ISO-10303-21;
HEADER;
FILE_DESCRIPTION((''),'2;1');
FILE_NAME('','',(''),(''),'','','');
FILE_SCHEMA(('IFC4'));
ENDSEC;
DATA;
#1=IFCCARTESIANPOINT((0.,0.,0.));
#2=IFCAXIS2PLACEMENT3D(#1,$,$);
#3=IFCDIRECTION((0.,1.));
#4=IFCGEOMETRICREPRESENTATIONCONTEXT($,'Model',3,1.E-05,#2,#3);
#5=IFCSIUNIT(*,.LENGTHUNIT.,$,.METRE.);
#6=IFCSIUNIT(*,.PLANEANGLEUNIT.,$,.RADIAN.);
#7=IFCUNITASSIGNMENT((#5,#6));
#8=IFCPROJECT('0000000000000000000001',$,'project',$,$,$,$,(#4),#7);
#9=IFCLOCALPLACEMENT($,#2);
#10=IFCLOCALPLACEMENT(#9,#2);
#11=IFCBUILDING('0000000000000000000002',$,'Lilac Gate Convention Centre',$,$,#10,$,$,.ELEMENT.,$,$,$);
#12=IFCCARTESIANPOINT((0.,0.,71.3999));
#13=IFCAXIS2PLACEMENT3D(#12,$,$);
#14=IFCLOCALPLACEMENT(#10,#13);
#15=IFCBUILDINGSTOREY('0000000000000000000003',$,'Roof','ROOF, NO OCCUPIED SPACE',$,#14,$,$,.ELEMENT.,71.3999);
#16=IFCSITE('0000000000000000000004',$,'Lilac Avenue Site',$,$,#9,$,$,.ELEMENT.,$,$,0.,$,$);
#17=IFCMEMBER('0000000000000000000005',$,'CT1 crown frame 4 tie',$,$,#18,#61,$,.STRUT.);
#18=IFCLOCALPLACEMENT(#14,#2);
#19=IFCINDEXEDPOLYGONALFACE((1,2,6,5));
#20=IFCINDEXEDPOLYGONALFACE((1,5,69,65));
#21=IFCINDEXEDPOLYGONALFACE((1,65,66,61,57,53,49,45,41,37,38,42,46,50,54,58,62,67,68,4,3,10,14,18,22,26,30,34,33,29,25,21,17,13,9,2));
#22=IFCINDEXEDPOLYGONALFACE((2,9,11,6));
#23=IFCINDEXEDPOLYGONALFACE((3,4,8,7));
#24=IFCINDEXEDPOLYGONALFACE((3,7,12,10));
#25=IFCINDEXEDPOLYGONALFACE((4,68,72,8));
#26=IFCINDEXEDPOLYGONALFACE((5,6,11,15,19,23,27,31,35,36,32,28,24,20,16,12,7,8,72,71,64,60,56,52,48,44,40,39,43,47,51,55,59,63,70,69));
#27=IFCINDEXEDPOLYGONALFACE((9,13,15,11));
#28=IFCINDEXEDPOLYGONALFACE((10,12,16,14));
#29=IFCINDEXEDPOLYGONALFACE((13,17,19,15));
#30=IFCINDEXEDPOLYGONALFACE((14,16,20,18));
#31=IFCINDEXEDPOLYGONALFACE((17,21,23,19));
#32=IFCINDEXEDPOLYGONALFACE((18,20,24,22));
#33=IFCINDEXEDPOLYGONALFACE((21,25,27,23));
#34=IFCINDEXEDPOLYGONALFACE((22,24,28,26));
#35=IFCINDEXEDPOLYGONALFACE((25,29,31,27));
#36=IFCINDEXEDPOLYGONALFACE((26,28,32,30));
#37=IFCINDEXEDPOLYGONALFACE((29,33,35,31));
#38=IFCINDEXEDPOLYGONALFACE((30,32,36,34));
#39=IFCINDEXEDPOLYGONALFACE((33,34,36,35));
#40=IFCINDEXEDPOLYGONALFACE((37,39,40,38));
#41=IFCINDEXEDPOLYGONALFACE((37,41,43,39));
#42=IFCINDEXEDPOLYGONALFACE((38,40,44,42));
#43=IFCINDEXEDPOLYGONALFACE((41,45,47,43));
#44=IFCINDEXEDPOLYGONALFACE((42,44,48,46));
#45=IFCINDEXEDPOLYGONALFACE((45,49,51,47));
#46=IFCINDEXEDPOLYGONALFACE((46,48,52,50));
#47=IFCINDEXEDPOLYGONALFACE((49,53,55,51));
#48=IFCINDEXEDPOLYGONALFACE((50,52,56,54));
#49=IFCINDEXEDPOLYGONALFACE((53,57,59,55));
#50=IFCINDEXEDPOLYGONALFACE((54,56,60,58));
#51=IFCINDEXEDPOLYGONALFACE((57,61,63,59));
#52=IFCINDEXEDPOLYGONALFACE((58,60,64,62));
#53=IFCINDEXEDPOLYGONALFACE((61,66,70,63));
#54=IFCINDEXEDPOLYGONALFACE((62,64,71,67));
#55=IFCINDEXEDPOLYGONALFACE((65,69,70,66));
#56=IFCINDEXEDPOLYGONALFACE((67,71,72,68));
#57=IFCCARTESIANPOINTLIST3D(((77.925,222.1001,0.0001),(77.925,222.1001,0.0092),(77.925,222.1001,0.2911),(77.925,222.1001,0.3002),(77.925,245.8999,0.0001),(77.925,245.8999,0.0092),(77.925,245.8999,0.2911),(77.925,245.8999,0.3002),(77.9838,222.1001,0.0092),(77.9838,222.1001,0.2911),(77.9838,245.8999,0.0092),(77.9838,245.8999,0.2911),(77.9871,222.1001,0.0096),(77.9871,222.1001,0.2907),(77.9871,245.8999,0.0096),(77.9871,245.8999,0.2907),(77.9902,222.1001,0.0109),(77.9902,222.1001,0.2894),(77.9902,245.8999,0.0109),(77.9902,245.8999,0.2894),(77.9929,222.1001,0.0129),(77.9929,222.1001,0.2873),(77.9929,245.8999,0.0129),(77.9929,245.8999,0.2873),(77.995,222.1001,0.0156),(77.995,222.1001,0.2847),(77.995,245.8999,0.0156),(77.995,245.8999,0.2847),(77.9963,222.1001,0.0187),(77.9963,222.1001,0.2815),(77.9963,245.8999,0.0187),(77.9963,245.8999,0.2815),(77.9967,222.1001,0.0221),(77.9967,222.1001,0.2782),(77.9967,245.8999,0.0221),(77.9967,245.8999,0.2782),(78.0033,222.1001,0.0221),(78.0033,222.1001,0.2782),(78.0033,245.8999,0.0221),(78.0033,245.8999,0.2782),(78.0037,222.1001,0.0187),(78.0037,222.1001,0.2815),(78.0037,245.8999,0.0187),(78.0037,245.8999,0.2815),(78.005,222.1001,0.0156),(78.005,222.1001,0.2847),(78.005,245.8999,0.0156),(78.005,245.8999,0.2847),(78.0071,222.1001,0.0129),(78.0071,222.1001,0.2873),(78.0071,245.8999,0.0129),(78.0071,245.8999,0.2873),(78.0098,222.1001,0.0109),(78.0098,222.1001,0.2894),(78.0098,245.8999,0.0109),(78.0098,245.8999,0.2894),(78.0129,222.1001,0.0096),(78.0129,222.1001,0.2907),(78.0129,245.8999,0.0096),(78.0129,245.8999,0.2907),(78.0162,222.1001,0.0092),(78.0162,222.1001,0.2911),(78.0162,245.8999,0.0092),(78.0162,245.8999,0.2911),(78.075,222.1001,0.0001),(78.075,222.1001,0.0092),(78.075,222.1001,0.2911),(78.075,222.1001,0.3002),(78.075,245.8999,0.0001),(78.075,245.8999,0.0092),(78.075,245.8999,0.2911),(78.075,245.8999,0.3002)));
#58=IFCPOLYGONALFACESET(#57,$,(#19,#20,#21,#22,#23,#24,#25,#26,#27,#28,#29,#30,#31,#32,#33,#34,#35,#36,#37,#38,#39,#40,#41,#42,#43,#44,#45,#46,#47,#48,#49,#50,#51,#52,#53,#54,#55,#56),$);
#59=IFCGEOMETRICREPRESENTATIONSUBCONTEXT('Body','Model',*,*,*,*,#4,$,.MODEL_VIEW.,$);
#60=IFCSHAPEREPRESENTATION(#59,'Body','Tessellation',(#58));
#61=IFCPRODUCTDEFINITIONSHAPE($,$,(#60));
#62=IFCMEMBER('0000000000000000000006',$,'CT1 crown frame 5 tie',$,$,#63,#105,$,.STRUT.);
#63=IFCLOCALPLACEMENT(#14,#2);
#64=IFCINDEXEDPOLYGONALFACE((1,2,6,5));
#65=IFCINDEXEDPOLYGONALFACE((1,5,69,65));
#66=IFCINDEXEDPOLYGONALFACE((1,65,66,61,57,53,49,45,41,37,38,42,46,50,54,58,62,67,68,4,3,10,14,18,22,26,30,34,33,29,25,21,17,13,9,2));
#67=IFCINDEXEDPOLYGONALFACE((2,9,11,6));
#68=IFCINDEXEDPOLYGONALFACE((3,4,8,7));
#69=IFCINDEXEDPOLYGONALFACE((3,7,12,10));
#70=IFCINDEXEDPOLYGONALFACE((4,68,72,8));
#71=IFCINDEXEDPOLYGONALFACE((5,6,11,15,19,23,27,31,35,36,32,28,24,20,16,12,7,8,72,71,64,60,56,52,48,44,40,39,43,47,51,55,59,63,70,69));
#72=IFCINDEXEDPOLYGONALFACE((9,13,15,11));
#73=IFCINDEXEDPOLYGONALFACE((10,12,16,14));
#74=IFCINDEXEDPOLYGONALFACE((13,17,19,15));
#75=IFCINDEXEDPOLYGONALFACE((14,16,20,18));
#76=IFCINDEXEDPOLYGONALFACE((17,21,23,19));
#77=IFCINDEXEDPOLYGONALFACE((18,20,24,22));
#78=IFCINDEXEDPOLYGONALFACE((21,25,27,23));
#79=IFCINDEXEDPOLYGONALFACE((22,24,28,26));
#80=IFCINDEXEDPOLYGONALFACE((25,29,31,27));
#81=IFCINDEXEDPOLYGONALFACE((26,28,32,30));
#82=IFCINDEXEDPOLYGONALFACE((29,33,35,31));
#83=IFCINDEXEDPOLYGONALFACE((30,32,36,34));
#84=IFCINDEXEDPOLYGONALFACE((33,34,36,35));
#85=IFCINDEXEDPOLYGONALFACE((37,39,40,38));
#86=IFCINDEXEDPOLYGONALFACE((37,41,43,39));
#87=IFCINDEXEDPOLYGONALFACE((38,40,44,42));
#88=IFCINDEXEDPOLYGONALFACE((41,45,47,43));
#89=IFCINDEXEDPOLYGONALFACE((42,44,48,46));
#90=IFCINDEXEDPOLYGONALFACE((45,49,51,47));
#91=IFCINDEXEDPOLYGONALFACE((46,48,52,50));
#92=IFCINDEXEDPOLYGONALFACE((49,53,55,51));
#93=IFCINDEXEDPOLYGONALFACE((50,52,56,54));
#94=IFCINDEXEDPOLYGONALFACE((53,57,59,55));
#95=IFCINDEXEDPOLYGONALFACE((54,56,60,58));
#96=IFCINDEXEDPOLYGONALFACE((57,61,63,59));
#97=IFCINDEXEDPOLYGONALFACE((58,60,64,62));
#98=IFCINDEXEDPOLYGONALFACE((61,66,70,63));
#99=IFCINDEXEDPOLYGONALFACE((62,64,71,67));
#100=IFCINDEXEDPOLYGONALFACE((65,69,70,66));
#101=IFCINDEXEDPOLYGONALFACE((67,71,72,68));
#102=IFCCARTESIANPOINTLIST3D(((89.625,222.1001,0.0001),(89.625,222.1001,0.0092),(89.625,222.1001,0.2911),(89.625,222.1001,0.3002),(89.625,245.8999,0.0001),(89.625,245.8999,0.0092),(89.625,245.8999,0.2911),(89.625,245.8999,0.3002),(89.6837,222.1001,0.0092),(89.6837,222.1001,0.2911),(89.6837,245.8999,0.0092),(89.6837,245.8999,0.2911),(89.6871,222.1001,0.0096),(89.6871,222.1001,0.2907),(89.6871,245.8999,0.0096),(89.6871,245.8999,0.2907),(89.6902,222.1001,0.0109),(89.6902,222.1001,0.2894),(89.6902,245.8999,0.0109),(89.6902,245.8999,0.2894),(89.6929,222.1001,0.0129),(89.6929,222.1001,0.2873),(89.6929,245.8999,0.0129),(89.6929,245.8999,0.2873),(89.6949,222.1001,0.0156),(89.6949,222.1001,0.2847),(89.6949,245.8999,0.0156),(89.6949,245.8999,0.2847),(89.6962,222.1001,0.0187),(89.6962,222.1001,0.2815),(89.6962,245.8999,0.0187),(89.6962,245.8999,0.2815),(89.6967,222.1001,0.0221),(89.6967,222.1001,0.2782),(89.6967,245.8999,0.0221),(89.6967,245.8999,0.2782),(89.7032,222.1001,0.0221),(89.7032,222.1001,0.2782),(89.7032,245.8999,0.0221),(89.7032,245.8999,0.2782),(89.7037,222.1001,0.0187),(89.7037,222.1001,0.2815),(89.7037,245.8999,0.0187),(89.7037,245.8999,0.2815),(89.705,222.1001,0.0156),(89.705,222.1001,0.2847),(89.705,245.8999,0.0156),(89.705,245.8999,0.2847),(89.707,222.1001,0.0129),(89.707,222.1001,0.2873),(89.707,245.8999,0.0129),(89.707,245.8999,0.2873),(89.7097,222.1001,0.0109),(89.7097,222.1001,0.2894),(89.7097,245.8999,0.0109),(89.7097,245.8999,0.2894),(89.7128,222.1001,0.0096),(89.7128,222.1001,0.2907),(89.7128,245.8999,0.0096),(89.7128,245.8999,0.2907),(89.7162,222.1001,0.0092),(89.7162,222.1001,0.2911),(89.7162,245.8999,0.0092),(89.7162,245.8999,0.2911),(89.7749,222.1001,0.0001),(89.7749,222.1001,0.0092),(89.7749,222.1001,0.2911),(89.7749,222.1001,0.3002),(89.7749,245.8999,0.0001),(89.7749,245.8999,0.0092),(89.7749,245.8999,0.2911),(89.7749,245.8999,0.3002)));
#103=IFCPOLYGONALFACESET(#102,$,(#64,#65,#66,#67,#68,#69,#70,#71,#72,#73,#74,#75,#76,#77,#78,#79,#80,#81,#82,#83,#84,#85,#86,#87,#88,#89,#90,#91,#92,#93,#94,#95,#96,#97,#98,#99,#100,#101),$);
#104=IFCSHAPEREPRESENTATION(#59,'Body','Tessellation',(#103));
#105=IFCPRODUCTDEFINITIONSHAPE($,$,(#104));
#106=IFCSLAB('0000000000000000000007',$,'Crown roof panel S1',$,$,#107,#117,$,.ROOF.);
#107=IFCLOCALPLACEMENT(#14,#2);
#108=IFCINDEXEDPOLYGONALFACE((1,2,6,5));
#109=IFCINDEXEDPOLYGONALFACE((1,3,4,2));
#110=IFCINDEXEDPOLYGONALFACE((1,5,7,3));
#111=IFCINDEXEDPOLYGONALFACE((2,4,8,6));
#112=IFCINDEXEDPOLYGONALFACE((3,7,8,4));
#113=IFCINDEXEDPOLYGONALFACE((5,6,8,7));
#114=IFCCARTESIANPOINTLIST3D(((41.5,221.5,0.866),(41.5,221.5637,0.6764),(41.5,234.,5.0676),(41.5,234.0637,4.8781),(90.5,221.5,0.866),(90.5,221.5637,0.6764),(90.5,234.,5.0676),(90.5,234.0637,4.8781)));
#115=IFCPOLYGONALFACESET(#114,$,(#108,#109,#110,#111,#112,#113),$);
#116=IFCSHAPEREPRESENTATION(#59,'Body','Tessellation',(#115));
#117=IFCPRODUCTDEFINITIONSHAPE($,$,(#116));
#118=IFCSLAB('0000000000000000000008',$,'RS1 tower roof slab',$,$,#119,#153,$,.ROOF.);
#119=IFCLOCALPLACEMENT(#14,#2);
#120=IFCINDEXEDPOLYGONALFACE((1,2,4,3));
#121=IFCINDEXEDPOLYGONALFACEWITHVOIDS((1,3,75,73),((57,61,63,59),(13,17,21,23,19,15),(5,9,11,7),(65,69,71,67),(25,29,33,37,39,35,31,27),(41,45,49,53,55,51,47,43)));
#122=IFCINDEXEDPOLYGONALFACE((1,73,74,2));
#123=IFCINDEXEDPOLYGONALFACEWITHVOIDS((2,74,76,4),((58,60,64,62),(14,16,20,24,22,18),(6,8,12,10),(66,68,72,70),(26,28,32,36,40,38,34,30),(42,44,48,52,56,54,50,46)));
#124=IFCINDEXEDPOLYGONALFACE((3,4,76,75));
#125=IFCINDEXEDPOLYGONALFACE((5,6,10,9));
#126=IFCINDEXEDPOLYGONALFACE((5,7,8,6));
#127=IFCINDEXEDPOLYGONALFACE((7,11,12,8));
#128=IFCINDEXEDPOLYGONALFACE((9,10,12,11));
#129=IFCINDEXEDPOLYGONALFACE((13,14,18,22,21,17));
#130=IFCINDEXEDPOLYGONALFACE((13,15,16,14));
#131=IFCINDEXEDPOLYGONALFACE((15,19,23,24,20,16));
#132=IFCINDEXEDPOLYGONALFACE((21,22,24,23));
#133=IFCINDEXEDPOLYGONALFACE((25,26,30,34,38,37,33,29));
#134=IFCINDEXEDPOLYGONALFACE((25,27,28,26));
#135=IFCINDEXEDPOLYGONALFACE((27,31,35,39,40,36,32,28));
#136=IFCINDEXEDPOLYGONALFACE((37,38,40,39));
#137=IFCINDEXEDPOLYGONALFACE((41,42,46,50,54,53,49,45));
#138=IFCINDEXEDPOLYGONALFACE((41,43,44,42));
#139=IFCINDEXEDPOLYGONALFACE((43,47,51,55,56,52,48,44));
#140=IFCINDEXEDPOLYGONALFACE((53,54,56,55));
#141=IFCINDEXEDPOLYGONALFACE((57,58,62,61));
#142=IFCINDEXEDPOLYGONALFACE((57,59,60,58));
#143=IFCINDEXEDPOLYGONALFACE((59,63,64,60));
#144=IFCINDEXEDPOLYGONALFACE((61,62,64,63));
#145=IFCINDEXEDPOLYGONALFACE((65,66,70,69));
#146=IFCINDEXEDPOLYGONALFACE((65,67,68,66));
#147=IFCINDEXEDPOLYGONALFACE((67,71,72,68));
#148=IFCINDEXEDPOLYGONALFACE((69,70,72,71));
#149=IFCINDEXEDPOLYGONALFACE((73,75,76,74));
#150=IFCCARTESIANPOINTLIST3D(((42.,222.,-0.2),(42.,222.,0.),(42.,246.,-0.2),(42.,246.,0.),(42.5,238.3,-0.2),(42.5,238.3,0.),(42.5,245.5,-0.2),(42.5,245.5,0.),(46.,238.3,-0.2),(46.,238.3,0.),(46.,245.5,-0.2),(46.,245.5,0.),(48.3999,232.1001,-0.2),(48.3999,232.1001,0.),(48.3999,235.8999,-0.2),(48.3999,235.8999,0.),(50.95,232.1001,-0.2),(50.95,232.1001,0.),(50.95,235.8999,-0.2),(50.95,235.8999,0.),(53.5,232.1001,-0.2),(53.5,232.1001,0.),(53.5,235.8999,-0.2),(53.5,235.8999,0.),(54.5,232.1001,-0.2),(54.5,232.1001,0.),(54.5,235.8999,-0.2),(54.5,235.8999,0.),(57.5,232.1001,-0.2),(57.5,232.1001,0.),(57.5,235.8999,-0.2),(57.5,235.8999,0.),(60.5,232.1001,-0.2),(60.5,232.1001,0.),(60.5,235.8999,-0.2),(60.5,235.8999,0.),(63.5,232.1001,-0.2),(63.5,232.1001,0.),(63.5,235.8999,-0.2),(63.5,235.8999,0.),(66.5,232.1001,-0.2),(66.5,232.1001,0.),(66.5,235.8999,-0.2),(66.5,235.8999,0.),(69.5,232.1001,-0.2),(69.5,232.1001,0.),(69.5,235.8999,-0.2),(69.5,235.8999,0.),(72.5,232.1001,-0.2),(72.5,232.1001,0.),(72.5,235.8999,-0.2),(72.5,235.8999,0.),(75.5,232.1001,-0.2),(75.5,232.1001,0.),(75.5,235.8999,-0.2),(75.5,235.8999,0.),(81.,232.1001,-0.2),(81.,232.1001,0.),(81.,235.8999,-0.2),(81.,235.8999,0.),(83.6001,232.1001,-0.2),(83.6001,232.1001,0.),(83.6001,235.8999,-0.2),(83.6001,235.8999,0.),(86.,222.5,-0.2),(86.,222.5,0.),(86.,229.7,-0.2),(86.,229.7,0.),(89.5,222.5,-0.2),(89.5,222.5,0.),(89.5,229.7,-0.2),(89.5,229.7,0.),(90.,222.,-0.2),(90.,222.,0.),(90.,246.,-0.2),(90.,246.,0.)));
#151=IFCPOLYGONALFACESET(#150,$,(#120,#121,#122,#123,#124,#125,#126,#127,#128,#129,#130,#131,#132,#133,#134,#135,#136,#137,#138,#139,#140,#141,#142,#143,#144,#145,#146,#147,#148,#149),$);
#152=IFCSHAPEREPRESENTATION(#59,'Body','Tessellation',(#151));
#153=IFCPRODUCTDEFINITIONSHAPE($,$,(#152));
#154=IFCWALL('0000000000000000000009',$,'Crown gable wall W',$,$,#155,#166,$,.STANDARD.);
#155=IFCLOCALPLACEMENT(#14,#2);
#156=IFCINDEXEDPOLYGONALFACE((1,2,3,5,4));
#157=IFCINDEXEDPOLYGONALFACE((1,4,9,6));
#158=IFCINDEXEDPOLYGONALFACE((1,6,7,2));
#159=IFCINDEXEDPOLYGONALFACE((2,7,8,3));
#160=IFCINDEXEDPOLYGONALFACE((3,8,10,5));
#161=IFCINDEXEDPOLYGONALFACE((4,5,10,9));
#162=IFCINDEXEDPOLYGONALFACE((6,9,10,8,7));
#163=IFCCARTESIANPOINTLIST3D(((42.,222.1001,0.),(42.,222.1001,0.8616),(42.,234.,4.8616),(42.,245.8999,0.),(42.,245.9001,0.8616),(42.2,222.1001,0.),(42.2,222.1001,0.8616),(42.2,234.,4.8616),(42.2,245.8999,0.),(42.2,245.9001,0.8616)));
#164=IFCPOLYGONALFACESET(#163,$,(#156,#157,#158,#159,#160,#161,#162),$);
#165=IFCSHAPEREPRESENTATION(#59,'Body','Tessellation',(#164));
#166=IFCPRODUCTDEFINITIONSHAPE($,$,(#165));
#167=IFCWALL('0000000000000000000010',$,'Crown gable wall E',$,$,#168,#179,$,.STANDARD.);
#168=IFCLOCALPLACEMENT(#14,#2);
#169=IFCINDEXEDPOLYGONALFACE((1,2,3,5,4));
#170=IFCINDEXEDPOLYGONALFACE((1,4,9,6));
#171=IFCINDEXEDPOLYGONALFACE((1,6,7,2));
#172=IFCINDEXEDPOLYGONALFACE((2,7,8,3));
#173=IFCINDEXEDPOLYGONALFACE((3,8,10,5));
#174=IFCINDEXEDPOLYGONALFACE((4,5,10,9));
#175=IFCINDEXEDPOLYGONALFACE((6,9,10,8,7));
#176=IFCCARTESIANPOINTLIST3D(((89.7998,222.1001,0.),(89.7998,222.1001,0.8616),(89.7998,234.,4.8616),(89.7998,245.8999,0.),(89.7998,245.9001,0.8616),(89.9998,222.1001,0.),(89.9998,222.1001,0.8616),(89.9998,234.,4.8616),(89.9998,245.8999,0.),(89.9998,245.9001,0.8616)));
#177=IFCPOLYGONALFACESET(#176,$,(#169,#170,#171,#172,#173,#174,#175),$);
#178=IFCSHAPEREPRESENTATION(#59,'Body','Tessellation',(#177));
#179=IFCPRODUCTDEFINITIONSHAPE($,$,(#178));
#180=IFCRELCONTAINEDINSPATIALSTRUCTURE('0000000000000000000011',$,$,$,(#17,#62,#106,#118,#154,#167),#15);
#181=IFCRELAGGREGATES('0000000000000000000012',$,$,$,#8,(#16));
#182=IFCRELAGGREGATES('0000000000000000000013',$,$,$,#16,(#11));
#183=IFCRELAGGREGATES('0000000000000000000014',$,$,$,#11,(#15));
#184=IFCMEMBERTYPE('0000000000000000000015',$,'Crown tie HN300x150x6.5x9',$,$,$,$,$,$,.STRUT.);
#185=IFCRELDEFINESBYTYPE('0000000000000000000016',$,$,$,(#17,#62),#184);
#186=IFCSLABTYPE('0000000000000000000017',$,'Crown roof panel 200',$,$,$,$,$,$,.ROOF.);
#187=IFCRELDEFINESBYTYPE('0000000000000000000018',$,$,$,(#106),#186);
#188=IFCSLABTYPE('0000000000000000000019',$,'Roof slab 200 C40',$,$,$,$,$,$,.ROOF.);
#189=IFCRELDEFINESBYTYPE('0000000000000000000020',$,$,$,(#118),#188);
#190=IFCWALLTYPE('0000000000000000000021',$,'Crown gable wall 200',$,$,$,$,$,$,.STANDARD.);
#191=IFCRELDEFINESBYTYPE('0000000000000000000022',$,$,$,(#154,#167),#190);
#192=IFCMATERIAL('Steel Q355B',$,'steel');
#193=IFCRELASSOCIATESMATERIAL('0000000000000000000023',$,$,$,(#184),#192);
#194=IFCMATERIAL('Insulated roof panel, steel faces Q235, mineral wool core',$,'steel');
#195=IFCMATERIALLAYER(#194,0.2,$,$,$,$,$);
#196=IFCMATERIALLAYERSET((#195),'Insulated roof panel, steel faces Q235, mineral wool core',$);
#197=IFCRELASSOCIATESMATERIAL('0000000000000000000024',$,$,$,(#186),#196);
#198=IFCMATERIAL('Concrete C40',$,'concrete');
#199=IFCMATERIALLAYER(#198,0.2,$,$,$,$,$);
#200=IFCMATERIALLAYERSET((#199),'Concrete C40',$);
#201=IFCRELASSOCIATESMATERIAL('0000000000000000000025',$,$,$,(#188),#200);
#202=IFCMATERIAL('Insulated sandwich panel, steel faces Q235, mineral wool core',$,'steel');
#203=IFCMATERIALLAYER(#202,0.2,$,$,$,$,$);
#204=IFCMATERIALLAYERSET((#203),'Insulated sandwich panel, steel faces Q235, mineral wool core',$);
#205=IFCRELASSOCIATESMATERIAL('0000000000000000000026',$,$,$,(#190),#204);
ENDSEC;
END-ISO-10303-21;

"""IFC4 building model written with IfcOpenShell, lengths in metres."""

from ifc_helpers import new_model, si_unit, direction, frame, origin, origin_2d, place, context, subcontext, project, spatial, polyline, i_section, outline, extrude, material, layer, layer_set, material_profile, profile_set, type_object, element, save


model = new_model("IFC4")

# Units and contexts
model_context = context("Model", 3, precision=1e-05, world=origin(), true_north=direction((0.0, 1.0)))
body_context = subcontext(model_context, "Body", "Model", "MODEL_VIEW")
ifc_project = project(units=[si_unit("LENGTHUNIT", "METRE"), si_unit("PLANEANGLEUNIT", "RADIAN")], contexts=[model_context])

# Site, building, storey
site_placement = place(None, origin())
site = spatial("IfcSite", under=ifc_project, at=site_placement, Name="Lilac Avenue Site", CompositionType="ELEMENT", RefElevation=0.0)
building_placement = place(site_placement, origin())
building = spatial("IfcBuilding", under=site, at=building_placement, Name="Lilac Gate Convention Centre", CompositionType="ELEMENT")
storey_placement = place(building_placement, frame((0.0, 0.0, 71.3999)))
storey = spatial("IfcBuildingStorey", under=building, at=storey_placement, Name="Roof", Description="ROOF, NO OCCUPIED SPACE", CompositionType="ELEMENT", Elevation=71.3999)

# Members
ifc_material_1 = material(Name="Steel Q355B", Category="steel")
ifc_material_profile_1 = material_profile(ifc_material_1, i_section(OverallWidth=0.1499, OverallDepth=0.3, WebThickness=0.0066, FlangeThickness=0.009, FilletRadius=0.0129, at=origin_2d()), Name="HN300x150x6.5x9")
ifc_profile_set_1 = profile_set([ifc_material_profile_1], Name="Steel Q355B")
member_type_1 = type_object("IfcMemberType", Name="Crown tie HN300x150x6.5x9", PredefinedType="STRUT", material=ifc_profile_set_1)
for number, where, z_axis, x_axis, name in (
    (1, (78.0, 222.1001, 0.1501), (0.0, 1.0, 0.0), (-1.0, 0.0, 0.0), "CT1 crown frame 4 tie"),
    (2, (89.7, 222.1001, 0.1501), (0.0, 1.0, 0.0), (-1.0, 0.0, 0.0), "CT1 crown frame 5 tie"),
):
    element("IfcMember", number, at=place(storey_placement, frame(where, z_axis=z_axis, x_axis=x_axis)), inside=storey, type_object=member_type_1, Name=name, PredefinedType="STRUT", context=body_context, shape_type="SweptSolid", body=[
        extrude(i_section(OverallWidth=0.1499, OverallDepth=0.3, WebThickness=0.0066, FlangeThickness=0.009, FilletRadius=0.0129, at=origin_2d()), origin(), (0.0, 0.0, 1.0), 23.7998),
    ])

# Slabs
ifc_material_2 = material(Name="Insulated roof panel, steel faces Q235, mineral wool core", Category="steel")
ifc_layer_1 = layer(ifc_material_2, 0.2)
ifc_layer_set_1 = layer_set([ifc_layer_1], Name="Insulated roof panel, steel faces Q235, mineral wool core")
slab_type_1 = type_object("IfcSlabType", Name="Crown roof panel 200", PredefinedType="ROOF", material=ifc_layer_set_1)
slab_1_placement = place(storey_placement, frame((41.5, 221.5, 0.866), z_axis=(0.0, -0.318615, 0.947884), x_axis=(1.0, 0.0, 0.0)))
element("IfcSlab", 3, at=slab_1_placement, inside=storey, type_object=slab_type_1, Name="Crown roof panel S1", PredefinedType="ROOF", context=body_context, shape_type="SweptSolid", body=[
    extrude(outline(polyline([(0.0, 0.0), (49.0, 0.0), (49.0, 13.1873), (0.0, 13.1873), (0.0, 0.0)])), origin(), (0.0, 0.0, -1.0), 0.2),
])
ifc_material_3 = material(Name="Concrete C40", Category="concrete")
ifc_layer_2 = layer(ifc_material_3, 0.2)
ifc_layer_set_2 = layer_set([ifc_layer_2], Name="Concrete C40")
slab_type_2 = type_object("IfcSlabType", Name="Roof slab 200 C40", PredefinedType="ROOF", material=ifc_layer_set_2)
slab_2_placement = place(storey_placement, frame((0.0, 0.0, -0.2)))
element("IfcSlab", 4, at=slab_2_placement, inside=storey, type_object=slab_type_2, Name="RS1 tower roof slab", PredefinedType="ROOF", context=body_context, shape_type="SweptSolid", body=[
    extrude(outline(polyline([(42.0, 222.0), (42.0, 246.0), (90.0, 246.0), (90.0, 222.0), (42.0, 222.0)]), holes=[polyline([(48.3999, 235.8999), (48.3999, 232.1001), (50.95, 232.1001), (53.5, 232.1001), (53.5, 235.8999), (50.95, 235.8999), (48.3999, 235.8999)]), polyline([(54.5, 235.8999), (54.5, 232.1001), (57.5, 232.1001), (60.5, 232.1001), (63.5, 232.1001), (63.5, 235.8999), (60.5, 235.8999), (57.5, 235.8999), (54.5, 235.8999)]), polyline([(42.5, 245.5), (42.5, 238.3), (46.0, 238.3), (46.0, 245.5), (42.5, 245.5)]), polyline([(89.5, 229.7), (86.0, 229.7), (86.0, 222.5), (89.5, 222.5), (89.5, 229.7)]), polyline([(69.5, 235.8999), (66.5, 235.8999), (66.5, 232.1001), (69.5, 232.1001), (72.5, 232.1001), (75.5, 232.1001), (75.5, 235.8999), (72.5, 235.8999), (69.5, 235.8999)]), polyline([(83.6001, 235.8999), (81.0, 235.8999), (81.0, 232.1001), (83.6001, 232.1001), (83.6001, 235.8999)])]), origin(), (0.0, 0.0, 1.0), 0.2),
])

# Walls
ifc_material_4 = material(Name="Insulated sandwich panel, steel faces Q235, mineral wool core", Category="steel")
ifc_layer_3 = layer(ifc_material_4, 0.2)
ifc_layer_set_3 = layer_set([ifc_layer_3], Name="Insulated sandwich panel, steel faces Q235, mineral wool core")
wall_type = type_object("IfcWallType", Name="Crown gable wall 200", PredefinedType="STANDARD", material=ifc_layer_set_3)
for number, where, z_axis, x_axis, name in (
    (5, (42.1001, 222.1001, 0.0), (0.0, 0.0, 1.0), (0.0, 1.0, 0.0), "Crown gable wall W"),
    (6, (89.8999, 222.1001, 0.0), (0.0, 0.0, 1.0), (0.0, 1.0, 0.0), "Crown gable wall E"),
):
    element("IfcWall", number, at=place(storey_placement, frame(where, z_axis=z_axis, x_axis=x_axis)), inside=storey, type_object=wall_type, Name=name, PredefinedType="STANDARD", context=body_context, shape_type="SweptSolid", body=[
        extrude(outline(polyline([(0.0, 0.0), (23.7998, 0.0), (23.8, 0.8616), (11.8999, 4.8616), (0.0, 0.8616), (0.0, 0.0)])), frame((0.0, 0.1001, 0.0), z_axis=(0.0, -1.0, 0.0), x_axis=(1.0, 0.0, 0.0)), (0.0, 0.0, 1.0), 0.2),
    ])

save(model, "model.ifc")
